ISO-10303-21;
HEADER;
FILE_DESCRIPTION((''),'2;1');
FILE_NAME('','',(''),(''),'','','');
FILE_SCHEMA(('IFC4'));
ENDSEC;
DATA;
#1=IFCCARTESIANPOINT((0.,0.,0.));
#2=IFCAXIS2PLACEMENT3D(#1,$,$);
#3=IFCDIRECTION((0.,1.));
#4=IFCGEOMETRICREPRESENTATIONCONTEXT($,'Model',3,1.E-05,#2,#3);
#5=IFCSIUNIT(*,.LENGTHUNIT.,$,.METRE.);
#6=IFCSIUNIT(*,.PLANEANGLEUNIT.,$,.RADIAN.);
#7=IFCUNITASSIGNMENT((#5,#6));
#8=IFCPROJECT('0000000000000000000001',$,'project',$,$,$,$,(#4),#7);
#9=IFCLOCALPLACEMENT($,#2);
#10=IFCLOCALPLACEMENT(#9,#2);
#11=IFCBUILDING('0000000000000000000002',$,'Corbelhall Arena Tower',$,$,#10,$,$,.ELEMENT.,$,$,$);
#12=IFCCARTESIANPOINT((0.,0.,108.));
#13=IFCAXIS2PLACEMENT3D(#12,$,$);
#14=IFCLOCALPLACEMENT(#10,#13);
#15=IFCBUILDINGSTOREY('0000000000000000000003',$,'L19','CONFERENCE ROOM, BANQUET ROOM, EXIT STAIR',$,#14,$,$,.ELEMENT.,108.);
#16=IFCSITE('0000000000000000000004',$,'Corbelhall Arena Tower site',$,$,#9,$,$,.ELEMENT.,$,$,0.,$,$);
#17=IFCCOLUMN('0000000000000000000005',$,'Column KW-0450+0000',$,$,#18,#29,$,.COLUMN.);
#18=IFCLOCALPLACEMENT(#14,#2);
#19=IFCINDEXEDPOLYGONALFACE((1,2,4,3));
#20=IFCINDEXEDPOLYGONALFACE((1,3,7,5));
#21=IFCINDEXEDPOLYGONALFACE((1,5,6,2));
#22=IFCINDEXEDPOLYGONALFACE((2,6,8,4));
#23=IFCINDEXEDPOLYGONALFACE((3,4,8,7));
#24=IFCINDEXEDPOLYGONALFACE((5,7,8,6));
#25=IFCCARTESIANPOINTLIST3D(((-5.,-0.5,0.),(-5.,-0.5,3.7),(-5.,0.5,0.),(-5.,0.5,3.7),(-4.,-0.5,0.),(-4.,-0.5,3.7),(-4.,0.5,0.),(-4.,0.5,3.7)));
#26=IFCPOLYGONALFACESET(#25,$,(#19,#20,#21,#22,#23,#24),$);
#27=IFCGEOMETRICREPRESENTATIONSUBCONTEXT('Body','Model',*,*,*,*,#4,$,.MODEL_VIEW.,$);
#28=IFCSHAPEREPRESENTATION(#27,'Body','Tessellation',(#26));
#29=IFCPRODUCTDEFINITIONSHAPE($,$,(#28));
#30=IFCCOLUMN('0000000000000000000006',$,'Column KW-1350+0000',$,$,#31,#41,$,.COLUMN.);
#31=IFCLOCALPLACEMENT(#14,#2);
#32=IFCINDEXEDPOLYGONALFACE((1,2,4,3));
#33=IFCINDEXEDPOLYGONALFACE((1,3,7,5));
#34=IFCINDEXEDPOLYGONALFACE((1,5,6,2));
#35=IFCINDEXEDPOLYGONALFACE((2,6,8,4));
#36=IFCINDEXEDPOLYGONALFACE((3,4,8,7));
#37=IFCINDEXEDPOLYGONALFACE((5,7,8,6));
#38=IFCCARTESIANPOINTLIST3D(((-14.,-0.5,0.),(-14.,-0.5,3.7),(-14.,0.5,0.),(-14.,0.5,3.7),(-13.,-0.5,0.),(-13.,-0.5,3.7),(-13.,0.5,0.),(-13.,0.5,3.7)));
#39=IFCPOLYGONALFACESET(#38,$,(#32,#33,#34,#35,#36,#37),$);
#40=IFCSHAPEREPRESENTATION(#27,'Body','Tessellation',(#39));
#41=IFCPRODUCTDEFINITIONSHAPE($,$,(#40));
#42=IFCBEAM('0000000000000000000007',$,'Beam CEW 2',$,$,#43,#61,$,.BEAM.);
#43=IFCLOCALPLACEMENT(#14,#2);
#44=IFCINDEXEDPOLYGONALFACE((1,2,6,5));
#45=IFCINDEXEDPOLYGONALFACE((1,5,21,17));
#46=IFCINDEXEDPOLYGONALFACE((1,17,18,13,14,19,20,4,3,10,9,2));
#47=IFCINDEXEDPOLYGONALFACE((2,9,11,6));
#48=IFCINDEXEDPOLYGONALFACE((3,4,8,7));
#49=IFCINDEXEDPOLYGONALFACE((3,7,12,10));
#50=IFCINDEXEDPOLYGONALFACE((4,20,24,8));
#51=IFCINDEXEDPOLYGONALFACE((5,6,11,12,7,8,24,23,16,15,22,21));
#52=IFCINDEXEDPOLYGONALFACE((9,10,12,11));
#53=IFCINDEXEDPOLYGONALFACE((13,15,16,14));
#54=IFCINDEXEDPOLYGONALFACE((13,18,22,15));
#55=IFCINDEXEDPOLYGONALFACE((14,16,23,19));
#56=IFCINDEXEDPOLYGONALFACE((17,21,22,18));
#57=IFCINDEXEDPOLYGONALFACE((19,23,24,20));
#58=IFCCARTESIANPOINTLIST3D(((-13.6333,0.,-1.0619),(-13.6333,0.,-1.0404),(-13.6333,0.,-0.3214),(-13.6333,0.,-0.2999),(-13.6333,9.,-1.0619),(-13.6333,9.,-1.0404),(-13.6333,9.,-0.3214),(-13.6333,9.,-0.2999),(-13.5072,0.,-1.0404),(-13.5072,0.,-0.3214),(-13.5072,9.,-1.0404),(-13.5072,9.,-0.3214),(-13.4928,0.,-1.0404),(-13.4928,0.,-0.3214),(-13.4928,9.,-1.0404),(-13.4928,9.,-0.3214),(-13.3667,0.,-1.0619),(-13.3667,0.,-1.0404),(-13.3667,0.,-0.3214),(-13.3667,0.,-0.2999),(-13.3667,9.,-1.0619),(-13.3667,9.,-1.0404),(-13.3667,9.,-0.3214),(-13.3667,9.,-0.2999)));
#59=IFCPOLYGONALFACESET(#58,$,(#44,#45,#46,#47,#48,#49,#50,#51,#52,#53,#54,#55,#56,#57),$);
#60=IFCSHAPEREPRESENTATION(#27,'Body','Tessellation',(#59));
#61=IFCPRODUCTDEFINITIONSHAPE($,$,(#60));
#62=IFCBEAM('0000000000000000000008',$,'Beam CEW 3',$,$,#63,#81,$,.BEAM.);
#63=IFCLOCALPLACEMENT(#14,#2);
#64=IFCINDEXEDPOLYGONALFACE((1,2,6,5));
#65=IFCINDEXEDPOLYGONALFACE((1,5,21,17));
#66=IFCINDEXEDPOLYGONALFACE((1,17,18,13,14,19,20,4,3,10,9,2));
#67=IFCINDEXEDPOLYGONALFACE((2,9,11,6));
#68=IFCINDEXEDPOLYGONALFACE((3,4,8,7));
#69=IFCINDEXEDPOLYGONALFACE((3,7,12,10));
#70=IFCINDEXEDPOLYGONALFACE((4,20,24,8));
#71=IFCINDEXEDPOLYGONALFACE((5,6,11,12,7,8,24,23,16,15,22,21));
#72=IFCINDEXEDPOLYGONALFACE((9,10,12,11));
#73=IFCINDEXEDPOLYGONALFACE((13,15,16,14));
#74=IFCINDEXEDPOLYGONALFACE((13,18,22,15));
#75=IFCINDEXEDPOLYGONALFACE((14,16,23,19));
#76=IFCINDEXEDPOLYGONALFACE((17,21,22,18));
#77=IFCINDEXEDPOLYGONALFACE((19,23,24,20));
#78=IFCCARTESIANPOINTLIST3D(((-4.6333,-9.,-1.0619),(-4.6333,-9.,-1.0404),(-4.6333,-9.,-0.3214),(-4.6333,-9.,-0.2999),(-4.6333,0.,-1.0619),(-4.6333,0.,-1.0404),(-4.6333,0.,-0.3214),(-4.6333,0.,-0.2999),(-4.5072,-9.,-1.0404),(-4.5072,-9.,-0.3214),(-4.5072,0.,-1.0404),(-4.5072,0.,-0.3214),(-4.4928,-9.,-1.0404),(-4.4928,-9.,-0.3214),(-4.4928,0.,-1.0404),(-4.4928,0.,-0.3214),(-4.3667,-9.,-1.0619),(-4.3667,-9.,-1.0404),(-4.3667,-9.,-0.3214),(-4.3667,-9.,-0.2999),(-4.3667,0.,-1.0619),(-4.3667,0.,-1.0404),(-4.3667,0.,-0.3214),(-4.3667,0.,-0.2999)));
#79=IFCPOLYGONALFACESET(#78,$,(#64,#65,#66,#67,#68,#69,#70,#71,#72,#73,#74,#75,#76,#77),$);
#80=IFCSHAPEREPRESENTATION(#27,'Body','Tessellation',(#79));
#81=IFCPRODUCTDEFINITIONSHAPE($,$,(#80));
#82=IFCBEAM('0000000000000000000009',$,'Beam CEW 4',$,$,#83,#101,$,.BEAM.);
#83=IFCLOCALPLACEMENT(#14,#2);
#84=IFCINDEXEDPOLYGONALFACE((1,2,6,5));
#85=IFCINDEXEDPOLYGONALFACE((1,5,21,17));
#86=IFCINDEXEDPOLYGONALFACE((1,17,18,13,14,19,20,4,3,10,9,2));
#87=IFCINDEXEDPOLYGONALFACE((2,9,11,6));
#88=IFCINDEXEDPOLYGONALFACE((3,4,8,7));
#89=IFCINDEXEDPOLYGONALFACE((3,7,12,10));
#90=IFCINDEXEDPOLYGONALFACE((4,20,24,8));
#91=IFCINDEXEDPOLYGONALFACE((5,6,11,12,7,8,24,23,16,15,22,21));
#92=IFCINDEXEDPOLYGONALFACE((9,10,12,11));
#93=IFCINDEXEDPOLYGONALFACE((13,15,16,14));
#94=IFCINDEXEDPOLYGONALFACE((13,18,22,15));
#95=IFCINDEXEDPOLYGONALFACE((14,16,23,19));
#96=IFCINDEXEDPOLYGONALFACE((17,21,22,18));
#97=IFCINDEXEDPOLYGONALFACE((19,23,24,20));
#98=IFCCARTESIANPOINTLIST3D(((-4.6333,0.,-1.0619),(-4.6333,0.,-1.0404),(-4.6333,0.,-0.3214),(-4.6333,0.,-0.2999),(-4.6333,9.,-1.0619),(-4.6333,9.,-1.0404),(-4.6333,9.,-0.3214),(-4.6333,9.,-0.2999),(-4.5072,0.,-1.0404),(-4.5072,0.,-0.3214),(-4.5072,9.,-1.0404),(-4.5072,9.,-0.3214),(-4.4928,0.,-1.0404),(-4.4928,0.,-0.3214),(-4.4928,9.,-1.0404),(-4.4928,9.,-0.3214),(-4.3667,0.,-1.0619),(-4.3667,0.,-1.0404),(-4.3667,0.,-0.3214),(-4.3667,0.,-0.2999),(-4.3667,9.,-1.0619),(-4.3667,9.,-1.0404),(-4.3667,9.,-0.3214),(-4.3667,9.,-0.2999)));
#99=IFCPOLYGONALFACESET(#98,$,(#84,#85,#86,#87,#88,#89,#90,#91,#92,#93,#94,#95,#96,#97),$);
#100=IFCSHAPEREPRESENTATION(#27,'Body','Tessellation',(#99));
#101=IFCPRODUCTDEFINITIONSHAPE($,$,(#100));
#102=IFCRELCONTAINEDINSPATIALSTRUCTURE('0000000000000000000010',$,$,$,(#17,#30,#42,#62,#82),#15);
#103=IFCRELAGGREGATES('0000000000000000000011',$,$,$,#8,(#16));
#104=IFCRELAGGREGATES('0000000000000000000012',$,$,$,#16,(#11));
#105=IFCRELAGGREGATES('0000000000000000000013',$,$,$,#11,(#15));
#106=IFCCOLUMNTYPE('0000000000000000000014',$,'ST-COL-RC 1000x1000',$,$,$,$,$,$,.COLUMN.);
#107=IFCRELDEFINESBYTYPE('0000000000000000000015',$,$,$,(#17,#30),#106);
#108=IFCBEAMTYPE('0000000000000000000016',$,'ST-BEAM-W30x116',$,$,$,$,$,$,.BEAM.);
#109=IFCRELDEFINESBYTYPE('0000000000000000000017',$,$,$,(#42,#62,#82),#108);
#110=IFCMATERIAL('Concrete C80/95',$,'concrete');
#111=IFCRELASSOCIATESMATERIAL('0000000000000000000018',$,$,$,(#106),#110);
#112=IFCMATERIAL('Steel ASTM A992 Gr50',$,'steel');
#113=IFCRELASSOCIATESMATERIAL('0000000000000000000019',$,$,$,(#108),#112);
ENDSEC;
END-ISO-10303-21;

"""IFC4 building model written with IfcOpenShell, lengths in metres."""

from ifc_helpers import new_model, si_unit, direction, frame, origin, origin_2d, place, context, subcontext, project, spatial, rectangle, i_section, extrude, material, material_profile, profile_set, type_object, element, save


model = new_model("IFC4")

# Units and contexts
model_context = context("Model", 3, precision=1e-05, world=origin(), true_north=direction((0.0, 1.0)))
body_context = subcontext(model_context, "Body", "Model", "MODEL_VIEW")
ifc_project = project(units=[si_unit("LENGTHUNIT", "METRE"), si_unit("PLANEANGLEUNIT", "RADIAN")], contexts=[model_context])

# Site, building, storey
site_placement = place(None, origin())
site = spatial("IfcSite", under=ifc_project, at=site_placement, Name="Corbelhall Arena Tower site", CompositionType="ELEMENT", RefElevation=0.0)
building_placement = place(site_placement, origin())
building = spatial("IfcBuilding", under=site, at=building_placement, Name="Corbelhall Arena Tower", CompositionType="ELEMENT")
storey_placement = place(building_placement, frame((0.0, 0.0, 108.0)))
storey = spatial("IfcBuildingStorey", under=building, at=storey_placement, Name="L19", Description="CONFERENCE ROOM, BANQUET ROOM, EXIT STAIR", CompositionType="ELEMENT", Elevation=108.0)

# Columns
ifc_material_1 = material(Name="Concrete C80/95", Category="concrete")
ifc_material_profile_1 = material_profile(ifc_material_1, rectangle(XDim=1.0, YDim=1.0, at=origin_2d()))
ifc_profile_set_1 = profile_set([ifc_material_profile_1], Name="Concrete C80/95")
column_type = type_object("IfcColumnType", Name="ST-COL-RC 1000x1000", PredefinedType="COLUMN", material=ifc_profile_set_1)
for number, where, z_axis, x_axis, name in (
    (1, (-4.5, 0.0, 0.0), (0.0, 0.0, 1.0), (1.0, 0.0, 0.0), "Column KW-0450+0000"),
    (2, (-13.5, 0.0, 0.0), (0.0, 0.0, 1.0), (1.0, 0.0, 0.0), "Column KW-1350+0000"),
):
    element("IfcColumn", number, at=place(storey_placement, frame(where, z_axis=z_axis, x_axis=x_axis)), inside=storey, type_object=column_type, Name=name, PredefinedType="COLUMN", context=body_context, shape_type="SweptSolid", body=[
        extrude(rectangle(XDim=1.0, YDim=1.0, at=origin_2d()), origin(), (0.0, 0.0, 1.0), 3.7),
    ])

# Beams
ifc_material_2 = material(Name="Steel ASTM A992 Gr50", Category="steel")
ifc_material_profile_2 = material_profile(ifc_material_2, i_section(OverallWidth=0.2666, OverallDepth=0.762, WebThickness=0.0144, FlangeThickness=0.0215, at=origin_2d()))
ifc_profile_set_2 = profile_set([ifc_material_profile_2], Name="Steel ASTM A992 Gr50")
beam_type = type_object("IfcBeamType", Name="ST-BEAM-W30x116", PredefinedType="BEAM", material=ifc_profile_set_2)
for number, where, z_axis, x_axis, name in (
    (3, (-13.5, 0.0, -0.6809), (0.0, 1.0, 0.0), (-1.0, 0.0, 0.0), "Beam CEW 2"),
    (4, (-4.5, -9.0, -0.6809), (0.0, 1.0, 0.0), (-1.0, 0.0, 0.0), "Beam CEW 3"),
    (5, (-4.5, 0.0, -0.6809), (0.0, 1.0, 0.0), (-1.0, 0.0, 0.0), "Beam CEW 4"),
):
    element("IfcBeam", number, at=place(storey_placement, frame(where, z_axis=z_axis, x_axis=x_axis)), inside=storey, type_object=beam_type, Name=name, PredefinedType="BEAM", context=body_context, shape_type="SweptSolid", body=[
        extrude(i_section(OverallWidth=0.2666, OverallDepth=0.762, WebThickness=0.0144, FlangeThickness=0.0215, at=origin_2d()), origin(), (0.0, 0.0, 1.0), 9.0),
    ])

save(model, "model.ifc")
